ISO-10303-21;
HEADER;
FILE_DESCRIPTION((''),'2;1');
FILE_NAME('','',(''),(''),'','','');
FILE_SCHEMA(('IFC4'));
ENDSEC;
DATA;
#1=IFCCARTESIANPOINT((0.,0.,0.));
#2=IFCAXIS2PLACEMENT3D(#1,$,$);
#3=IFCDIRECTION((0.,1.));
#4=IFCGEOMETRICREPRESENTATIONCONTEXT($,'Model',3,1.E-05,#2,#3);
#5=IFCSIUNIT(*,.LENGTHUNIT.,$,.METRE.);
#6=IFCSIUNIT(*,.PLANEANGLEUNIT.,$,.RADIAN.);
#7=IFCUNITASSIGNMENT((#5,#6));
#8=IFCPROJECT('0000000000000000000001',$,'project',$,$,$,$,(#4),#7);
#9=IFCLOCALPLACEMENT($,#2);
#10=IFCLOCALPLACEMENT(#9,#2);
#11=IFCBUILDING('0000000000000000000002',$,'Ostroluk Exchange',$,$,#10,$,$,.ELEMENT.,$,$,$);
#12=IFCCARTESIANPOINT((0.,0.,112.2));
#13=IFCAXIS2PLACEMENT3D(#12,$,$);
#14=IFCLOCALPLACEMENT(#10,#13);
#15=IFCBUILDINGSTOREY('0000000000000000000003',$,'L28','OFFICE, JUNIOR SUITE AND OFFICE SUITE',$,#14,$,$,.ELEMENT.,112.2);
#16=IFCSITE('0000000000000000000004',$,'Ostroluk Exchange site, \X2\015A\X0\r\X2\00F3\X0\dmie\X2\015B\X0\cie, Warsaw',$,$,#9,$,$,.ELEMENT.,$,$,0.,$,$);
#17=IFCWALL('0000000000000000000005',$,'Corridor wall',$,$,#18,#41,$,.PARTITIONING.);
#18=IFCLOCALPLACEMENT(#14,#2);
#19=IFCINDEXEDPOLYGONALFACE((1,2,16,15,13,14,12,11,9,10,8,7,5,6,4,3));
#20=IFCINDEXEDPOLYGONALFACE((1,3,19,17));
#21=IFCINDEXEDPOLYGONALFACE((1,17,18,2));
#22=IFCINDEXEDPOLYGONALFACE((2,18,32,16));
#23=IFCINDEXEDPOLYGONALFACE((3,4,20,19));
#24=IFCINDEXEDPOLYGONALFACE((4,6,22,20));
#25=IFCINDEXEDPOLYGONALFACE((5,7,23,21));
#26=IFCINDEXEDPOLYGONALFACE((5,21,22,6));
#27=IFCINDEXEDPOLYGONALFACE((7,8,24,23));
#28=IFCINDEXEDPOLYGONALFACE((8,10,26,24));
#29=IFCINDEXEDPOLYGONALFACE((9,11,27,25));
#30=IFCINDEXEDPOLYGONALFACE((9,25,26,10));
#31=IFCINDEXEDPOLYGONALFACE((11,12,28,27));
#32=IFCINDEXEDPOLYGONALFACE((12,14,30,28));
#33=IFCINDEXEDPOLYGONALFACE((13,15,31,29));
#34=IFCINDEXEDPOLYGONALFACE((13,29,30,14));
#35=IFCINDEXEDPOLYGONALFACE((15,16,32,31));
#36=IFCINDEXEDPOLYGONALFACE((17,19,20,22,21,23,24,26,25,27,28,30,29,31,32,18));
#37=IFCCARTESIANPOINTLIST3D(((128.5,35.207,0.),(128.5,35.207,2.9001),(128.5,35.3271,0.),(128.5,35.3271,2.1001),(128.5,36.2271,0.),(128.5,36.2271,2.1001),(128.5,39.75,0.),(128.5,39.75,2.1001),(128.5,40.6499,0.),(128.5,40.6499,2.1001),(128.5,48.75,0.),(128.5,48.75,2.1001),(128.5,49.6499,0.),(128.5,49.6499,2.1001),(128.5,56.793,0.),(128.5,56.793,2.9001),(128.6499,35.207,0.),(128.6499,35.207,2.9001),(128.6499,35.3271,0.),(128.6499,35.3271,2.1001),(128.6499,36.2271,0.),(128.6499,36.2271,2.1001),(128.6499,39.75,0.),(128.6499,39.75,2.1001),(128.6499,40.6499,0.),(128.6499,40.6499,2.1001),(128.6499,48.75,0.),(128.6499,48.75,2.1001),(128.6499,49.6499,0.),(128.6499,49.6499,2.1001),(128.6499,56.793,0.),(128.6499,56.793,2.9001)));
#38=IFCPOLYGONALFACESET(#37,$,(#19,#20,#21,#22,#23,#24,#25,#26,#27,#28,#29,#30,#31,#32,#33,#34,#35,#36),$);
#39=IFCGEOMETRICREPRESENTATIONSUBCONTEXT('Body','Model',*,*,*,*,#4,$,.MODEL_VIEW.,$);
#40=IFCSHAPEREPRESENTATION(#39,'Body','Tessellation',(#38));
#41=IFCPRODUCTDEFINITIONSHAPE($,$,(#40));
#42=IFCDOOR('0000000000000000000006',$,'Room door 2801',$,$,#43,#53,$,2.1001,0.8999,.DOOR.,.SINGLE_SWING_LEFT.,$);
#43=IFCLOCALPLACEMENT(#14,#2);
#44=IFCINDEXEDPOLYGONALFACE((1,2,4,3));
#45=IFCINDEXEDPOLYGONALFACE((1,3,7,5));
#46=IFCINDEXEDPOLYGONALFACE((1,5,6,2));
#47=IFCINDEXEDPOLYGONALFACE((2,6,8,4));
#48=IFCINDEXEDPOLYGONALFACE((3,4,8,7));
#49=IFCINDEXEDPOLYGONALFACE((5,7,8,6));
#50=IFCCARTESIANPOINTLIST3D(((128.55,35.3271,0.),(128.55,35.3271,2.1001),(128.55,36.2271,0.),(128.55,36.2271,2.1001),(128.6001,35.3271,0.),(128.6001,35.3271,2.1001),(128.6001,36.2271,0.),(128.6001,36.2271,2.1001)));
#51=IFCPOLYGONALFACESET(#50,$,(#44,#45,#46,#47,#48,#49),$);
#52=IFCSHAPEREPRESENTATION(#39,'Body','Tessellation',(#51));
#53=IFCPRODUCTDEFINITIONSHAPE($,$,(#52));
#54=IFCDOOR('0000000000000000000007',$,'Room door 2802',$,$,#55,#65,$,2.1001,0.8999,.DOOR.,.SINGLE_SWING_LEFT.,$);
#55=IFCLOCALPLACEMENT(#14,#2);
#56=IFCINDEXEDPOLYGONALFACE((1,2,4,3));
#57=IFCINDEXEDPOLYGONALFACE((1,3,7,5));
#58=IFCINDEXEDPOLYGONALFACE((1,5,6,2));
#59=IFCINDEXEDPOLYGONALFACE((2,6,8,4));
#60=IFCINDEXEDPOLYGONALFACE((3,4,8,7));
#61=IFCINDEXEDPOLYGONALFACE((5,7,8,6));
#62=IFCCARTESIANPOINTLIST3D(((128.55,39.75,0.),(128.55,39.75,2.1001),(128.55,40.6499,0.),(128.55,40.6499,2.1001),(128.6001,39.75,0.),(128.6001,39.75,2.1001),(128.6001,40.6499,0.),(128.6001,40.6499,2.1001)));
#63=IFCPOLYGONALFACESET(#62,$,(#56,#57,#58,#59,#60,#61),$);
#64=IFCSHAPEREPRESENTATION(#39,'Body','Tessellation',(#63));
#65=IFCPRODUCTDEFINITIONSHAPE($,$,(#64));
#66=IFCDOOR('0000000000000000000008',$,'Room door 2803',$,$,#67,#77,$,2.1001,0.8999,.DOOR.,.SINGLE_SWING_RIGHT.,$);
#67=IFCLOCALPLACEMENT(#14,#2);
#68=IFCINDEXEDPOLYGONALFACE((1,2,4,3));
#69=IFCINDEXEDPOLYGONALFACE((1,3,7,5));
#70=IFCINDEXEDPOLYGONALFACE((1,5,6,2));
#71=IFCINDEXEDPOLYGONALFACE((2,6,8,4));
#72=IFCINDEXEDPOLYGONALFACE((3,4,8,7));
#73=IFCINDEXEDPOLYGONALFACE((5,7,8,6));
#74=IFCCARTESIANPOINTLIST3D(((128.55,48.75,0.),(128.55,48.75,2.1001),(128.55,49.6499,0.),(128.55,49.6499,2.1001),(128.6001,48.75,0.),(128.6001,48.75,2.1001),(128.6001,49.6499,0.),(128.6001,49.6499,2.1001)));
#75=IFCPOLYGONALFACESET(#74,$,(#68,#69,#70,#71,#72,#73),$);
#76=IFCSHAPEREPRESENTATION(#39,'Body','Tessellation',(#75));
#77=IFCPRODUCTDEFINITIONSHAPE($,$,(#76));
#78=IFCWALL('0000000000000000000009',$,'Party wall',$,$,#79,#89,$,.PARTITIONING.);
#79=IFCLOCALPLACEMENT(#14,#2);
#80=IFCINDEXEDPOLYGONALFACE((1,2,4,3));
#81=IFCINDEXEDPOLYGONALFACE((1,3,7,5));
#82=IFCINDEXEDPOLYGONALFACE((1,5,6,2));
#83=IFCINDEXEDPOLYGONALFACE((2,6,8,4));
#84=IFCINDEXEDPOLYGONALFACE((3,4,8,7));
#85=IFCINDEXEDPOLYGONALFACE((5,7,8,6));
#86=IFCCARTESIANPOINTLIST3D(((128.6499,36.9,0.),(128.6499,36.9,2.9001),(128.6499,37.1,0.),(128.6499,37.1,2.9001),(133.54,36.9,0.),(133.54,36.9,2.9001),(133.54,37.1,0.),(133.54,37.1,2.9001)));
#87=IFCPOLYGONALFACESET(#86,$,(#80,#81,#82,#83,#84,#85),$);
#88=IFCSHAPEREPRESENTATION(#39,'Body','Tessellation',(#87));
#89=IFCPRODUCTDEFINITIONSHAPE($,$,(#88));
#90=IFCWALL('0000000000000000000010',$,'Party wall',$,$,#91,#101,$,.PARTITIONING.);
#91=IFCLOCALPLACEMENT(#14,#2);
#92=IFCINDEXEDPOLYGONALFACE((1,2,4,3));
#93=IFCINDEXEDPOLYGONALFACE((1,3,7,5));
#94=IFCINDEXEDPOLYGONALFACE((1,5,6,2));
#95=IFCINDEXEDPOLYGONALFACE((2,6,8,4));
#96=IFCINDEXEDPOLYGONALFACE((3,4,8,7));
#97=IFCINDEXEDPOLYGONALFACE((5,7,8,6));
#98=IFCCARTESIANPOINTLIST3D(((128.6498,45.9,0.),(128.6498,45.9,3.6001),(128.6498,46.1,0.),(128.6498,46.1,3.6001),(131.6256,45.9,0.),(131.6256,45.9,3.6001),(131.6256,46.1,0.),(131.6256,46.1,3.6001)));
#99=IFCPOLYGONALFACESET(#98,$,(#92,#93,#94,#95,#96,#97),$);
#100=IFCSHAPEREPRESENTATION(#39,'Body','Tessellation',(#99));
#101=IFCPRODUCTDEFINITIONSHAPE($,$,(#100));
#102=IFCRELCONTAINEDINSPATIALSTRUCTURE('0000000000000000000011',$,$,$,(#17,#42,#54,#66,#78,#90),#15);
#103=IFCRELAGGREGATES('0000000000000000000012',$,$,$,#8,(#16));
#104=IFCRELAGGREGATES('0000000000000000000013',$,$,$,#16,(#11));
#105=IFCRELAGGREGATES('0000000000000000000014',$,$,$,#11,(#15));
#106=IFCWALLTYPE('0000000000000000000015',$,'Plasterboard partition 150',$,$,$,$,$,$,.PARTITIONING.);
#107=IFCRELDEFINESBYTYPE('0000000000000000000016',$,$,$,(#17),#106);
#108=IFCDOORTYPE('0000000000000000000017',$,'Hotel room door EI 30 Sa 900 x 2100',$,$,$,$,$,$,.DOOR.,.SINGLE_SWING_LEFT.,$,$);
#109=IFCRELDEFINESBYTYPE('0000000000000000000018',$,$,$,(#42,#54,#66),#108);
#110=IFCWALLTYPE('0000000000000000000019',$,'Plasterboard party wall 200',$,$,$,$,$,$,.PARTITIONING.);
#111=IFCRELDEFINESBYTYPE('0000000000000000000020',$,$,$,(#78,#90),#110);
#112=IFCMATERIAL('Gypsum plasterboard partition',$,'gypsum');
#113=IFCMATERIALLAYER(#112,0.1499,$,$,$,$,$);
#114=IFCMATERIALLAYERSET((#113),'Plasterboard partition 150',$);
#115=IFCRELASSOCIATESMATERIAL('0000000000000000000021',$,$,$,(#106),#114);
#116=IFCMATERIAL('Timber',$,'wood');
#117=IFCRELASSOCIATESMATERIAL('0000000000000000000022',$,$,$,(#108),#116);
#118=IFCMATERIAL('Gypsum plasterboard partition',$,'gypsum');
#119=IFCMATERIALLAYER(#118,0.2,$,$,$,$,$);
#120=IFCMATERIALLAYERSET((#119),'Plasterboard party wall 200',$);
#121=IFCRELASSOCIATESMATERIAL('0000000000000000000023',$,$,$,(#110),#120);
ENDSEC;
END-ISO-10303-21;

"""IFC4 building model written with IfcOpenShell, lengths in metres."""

from ifc_helpers import new_model, si_unit, direction, frame, frame_2d, origin, place, context, subcontext, project, spatial, rectangle, extrude, material, layer, layer_set, type_object, element, fill, save


model = new_model("IFC4")

# Units and contexts
model_context = context("Model", 3, precision=1e-05, world=origin(), true_north=direction((0.0, 1.0)))
body_context = subcontext(model_context, "Body", "Model", "MODEL_VIEW")
ifc_project = project(units=[si_unit("LENGTHUNIT", "METRE"), si_unit("PLANEANGLEUNIT", "RADIAN")], contexts=[model_context])

# Site, building, storey
site_placement = place(None, origin())
site = spatial("IfcSite", under=ifc_project, at=site_placement, Name="Ostroluk Exchange site, Śródmieście, Warsaw", CompositionType="ELEMENT", RefElevation=0.0)
building_placement = place(site_placement, origin())
building = spatial("IfcBuilding", under=site, at=building_placement, Name="Ostroluk Exchange", CompositionType="ELEMENT")
storey_placement = place(building_placement, frame((0.0, 0.0, 112.2)))
storey = spatial("IfcBuildingStorey", under=building, at=storey_placement, Name="L28", Description="OFFICE, JUNIOR SUITE AND OFFICE SUITE", CompositionType="ELEMENT", Elevation=112.2)

# Wall, openings, doors
ifc_material_1 = material(Name="Gypsum plasterboard partition", Category="gypsum")
ifc_layer_1 = layer(ifc_material_1, 0.1499)
ifc_layer_set_1 = layer_set([ifc_layer_1], Name="Plasterboard partition 150")
wall_type_1 = type_object("IfcWallType", Name="Plasterboard partition 150", PredefinedType="PARTITIONING", material=ifc_layer_set_1)
wall_1_placement = place(storey_placement, frame((128.575, 35.207, 0.0), z_axis=(0.0, 0.0, 1.0), x_axis=(0.0, 1.0, 0.0)))
wall_1 = element("IfcWall", 1, at=wall_1_placement, inside=storey, type_object=wall_type_1, Name="Corridor wall", PredefinedType="PARTITIONING", context=body_context, shape_type="SweptSolid", body=[
    extrude(rectangle(XDim=21.5859, YDim=0.1499, at=frame_2d((10.793, 0.0))), origin(), (0.0, 0.0, 1.0), 2.9001),
])
opening_1_placement = place(wall_1_placement, frame((0.1201, 0.0, 0.0)))
opening_1 = element("IfcOpeningElement", 2, at=opening_1_placement, cuts=wall_1, PredefinedType="OPENING", context=body_context, shape_type="SweptSolid", body=[
    extrude(rectangle(XDim=0.8999, YDim=2.1001, at=frame_2d((0.45, 1.05))), frame((0.0, 0.085, 0.0), z_axis=(0.0, -1.0, 0.0), x_axis=(1.0, 0.0, 0.0)), (0.0, 0.0, 1.0), 0.1699),
])
opening_2_placement = place(wall_1_placement, frame((4.543, 0.0, 0.0)))
opening_2 = element("IfcOpeningElement", 3, at=opening_2_placement, cuts=wall_1, PredefinedType="OPENING", context=body_context, shape_type="SweptSolid", body=[
    extrude(rectangle(XDim=0.8999, YDim=2.1001, at=frame_2d((0.45, 1.05))), frame((0.0, 0.085, 0.0), z_axis=(0.0, -1.0, 0.0), x_axis=(1.0, 0.0, 0.0)), (0.0, 0.0, 1.0), 0.1699),
])
opening_3_placement = place(wall_1_placement, frame((13.543, 0.0, 0.0)))
opening_3 = element("IfcOpeningElement", 4, at=opening_3_placement, cuts=wall_1, PredefinedType="OPENING", context=body_context, shape_type="SweptSolid", body=[
    extrude(rectangle(XDim=0.8999, YDim=2.1001, at=frame_2d((0.45, 1.05))), frame((0.0, 0.085, 0.0), z_axis=(0.0, -1.0, 0.0), x_axis=(1.0, 0.0, 0.0)), (0.0, 0.0, 1.0), 0.1699),
])
ifc_material_2 = material(Name="Timber", Category="wood")
door_type_1 = type_object("IfcDoorType", Name="Hotel room door EI 30 Sa 900 x 2100", OperationType="SINGLE_SWING_LEFT", PredefinedType="DOOR", material=ifc_material_2)
door_1_placement = place(opening_1_placement, origin())
door_1 = element("IfcDoor", 5, at=door_1_placement, inside=storey, type_object=door_type_1, Name="Room door 2801", OperationType="SINGLE_SWING_LEFT", OverallHeight=2.1001, OverallWidth=0.8999, PredefinedType="DOOR", context=body_context, shape_type="SweptSolid", body=[
    extrude(rectangle(XDim=0.8999, YDim=2.1001, at=frame_2d((0.45, 1.05))), frame((0.0, 0.0249, 0.0), z_axis=(0.0, -1.0, 0.0), x_axis=(1.0, 0.0, 0.0)), (0.0, 0.0, 1.0), 0.05),
])
fill(opening_1, door_1)
door_2_placement = place(opening_2_placement, origin())
door_2 = element("IfcDoor", 6, at=door_2_placement, inside=storey, type_object=door_type_1, Name="Room door 2802", OperationType="SINGLE_SWING_LEFT", OverallHeight=2.1001, OverallWidth=0.8999, PredefinedType="DOOR", context=body_context, shape_type="SweptSolid", body=[
    extrude(rectangle(XDim=0.8999, YDim=2.1001, at=frame_2d((0.45, 1.05))), frame((0.0, 0.0249, 0.0), z_axis=(0.0, -1.0, 0.0), x_axis=(1.0, 0.0, 0.0)), (0.0, 0.0, 1.0), 0.05),
])
fill(opening_2, door_2)
door_3_placement = place(opening_3_placement, origin())
door_3 = element("IfcDoor", 7, at=door_3_placement, inside=storey, type_object=door_type_1, Name="Room door 2803", OperationType="SINGLE_SWING_RIGHT", OverallHeight=2.1001, OverallWidth=0.8999, PredefinedType="DOOR", context=body_context, shape_type="SweptSolid", body=[
    extrude(rectangle(XDim=0.8999, YDim=2.1001, at=frame_2d((0.45, 1.05))), frame((0.0, 0.0249, 0.0), z_axis=(0.0, -1.0, 0.0), x_axis=(1.0, 0.0, 0.0)), (0.0, 0.0, 1.0), 0.05),
])
fill(opening_3, door_3)

# Walls
ifc_material_3 = material(Name="Gypsum plasterboard partition", Category="gypsum")
ifc_layer_2 = layer(ifc_material_3, 0.2)
ifc_layer_set_2 = layer_set([ifc_layer_2], Name="Plasterboard party wall 200")
wall_type_2 = type_object("IfcWallType", Name="Plasterboard party wall 200", PredefinedType="PARTITIONING", material=ifc_layer_set_2)
wall_2_placement = place(storey_placement, frame((128.6499, 37.0, 0.0), z_axis=(0.0, 0.0, 1.0), x_axis=(1.0, 0.0, 0.0)))
element("IfcWall", 8, at=wall_2_placement, inside=storey, type_object=wall_type_2, Name="Party wall", PredefinedType="PARTITIONING", context=body_context, shape_type="SweptSolid", body=[
    extrude(rectangle(XDim=4.8901, YDim=0.2, at=frame_2d((2.4451, 0.0))), origin(), (0.0, 0.0, 1.0), 2.9001),
])
wall_3_placement = place(storey_placement, frame((128.6499, 46.0, 0.0), z_axis=(0.0, 0.0, 1.0), x_axis=(1.0, 0.0, 0.0)))
element("IfcWall", 9, at=wall_3_placement, inside=storey, type_object=wall_type_2, Name="Party wall", PredefinedType="PARTITIONING", context=body_context, shape_type="SweptSolid", body=[
    extrude(rectangle(XDim=2.9758, YDim=0.2, at=frame_2d((1.4878, 0.0))), origin(), (0.0, 0.0, 1.0), 3.6001),
])

save(model, "model.ifc")
